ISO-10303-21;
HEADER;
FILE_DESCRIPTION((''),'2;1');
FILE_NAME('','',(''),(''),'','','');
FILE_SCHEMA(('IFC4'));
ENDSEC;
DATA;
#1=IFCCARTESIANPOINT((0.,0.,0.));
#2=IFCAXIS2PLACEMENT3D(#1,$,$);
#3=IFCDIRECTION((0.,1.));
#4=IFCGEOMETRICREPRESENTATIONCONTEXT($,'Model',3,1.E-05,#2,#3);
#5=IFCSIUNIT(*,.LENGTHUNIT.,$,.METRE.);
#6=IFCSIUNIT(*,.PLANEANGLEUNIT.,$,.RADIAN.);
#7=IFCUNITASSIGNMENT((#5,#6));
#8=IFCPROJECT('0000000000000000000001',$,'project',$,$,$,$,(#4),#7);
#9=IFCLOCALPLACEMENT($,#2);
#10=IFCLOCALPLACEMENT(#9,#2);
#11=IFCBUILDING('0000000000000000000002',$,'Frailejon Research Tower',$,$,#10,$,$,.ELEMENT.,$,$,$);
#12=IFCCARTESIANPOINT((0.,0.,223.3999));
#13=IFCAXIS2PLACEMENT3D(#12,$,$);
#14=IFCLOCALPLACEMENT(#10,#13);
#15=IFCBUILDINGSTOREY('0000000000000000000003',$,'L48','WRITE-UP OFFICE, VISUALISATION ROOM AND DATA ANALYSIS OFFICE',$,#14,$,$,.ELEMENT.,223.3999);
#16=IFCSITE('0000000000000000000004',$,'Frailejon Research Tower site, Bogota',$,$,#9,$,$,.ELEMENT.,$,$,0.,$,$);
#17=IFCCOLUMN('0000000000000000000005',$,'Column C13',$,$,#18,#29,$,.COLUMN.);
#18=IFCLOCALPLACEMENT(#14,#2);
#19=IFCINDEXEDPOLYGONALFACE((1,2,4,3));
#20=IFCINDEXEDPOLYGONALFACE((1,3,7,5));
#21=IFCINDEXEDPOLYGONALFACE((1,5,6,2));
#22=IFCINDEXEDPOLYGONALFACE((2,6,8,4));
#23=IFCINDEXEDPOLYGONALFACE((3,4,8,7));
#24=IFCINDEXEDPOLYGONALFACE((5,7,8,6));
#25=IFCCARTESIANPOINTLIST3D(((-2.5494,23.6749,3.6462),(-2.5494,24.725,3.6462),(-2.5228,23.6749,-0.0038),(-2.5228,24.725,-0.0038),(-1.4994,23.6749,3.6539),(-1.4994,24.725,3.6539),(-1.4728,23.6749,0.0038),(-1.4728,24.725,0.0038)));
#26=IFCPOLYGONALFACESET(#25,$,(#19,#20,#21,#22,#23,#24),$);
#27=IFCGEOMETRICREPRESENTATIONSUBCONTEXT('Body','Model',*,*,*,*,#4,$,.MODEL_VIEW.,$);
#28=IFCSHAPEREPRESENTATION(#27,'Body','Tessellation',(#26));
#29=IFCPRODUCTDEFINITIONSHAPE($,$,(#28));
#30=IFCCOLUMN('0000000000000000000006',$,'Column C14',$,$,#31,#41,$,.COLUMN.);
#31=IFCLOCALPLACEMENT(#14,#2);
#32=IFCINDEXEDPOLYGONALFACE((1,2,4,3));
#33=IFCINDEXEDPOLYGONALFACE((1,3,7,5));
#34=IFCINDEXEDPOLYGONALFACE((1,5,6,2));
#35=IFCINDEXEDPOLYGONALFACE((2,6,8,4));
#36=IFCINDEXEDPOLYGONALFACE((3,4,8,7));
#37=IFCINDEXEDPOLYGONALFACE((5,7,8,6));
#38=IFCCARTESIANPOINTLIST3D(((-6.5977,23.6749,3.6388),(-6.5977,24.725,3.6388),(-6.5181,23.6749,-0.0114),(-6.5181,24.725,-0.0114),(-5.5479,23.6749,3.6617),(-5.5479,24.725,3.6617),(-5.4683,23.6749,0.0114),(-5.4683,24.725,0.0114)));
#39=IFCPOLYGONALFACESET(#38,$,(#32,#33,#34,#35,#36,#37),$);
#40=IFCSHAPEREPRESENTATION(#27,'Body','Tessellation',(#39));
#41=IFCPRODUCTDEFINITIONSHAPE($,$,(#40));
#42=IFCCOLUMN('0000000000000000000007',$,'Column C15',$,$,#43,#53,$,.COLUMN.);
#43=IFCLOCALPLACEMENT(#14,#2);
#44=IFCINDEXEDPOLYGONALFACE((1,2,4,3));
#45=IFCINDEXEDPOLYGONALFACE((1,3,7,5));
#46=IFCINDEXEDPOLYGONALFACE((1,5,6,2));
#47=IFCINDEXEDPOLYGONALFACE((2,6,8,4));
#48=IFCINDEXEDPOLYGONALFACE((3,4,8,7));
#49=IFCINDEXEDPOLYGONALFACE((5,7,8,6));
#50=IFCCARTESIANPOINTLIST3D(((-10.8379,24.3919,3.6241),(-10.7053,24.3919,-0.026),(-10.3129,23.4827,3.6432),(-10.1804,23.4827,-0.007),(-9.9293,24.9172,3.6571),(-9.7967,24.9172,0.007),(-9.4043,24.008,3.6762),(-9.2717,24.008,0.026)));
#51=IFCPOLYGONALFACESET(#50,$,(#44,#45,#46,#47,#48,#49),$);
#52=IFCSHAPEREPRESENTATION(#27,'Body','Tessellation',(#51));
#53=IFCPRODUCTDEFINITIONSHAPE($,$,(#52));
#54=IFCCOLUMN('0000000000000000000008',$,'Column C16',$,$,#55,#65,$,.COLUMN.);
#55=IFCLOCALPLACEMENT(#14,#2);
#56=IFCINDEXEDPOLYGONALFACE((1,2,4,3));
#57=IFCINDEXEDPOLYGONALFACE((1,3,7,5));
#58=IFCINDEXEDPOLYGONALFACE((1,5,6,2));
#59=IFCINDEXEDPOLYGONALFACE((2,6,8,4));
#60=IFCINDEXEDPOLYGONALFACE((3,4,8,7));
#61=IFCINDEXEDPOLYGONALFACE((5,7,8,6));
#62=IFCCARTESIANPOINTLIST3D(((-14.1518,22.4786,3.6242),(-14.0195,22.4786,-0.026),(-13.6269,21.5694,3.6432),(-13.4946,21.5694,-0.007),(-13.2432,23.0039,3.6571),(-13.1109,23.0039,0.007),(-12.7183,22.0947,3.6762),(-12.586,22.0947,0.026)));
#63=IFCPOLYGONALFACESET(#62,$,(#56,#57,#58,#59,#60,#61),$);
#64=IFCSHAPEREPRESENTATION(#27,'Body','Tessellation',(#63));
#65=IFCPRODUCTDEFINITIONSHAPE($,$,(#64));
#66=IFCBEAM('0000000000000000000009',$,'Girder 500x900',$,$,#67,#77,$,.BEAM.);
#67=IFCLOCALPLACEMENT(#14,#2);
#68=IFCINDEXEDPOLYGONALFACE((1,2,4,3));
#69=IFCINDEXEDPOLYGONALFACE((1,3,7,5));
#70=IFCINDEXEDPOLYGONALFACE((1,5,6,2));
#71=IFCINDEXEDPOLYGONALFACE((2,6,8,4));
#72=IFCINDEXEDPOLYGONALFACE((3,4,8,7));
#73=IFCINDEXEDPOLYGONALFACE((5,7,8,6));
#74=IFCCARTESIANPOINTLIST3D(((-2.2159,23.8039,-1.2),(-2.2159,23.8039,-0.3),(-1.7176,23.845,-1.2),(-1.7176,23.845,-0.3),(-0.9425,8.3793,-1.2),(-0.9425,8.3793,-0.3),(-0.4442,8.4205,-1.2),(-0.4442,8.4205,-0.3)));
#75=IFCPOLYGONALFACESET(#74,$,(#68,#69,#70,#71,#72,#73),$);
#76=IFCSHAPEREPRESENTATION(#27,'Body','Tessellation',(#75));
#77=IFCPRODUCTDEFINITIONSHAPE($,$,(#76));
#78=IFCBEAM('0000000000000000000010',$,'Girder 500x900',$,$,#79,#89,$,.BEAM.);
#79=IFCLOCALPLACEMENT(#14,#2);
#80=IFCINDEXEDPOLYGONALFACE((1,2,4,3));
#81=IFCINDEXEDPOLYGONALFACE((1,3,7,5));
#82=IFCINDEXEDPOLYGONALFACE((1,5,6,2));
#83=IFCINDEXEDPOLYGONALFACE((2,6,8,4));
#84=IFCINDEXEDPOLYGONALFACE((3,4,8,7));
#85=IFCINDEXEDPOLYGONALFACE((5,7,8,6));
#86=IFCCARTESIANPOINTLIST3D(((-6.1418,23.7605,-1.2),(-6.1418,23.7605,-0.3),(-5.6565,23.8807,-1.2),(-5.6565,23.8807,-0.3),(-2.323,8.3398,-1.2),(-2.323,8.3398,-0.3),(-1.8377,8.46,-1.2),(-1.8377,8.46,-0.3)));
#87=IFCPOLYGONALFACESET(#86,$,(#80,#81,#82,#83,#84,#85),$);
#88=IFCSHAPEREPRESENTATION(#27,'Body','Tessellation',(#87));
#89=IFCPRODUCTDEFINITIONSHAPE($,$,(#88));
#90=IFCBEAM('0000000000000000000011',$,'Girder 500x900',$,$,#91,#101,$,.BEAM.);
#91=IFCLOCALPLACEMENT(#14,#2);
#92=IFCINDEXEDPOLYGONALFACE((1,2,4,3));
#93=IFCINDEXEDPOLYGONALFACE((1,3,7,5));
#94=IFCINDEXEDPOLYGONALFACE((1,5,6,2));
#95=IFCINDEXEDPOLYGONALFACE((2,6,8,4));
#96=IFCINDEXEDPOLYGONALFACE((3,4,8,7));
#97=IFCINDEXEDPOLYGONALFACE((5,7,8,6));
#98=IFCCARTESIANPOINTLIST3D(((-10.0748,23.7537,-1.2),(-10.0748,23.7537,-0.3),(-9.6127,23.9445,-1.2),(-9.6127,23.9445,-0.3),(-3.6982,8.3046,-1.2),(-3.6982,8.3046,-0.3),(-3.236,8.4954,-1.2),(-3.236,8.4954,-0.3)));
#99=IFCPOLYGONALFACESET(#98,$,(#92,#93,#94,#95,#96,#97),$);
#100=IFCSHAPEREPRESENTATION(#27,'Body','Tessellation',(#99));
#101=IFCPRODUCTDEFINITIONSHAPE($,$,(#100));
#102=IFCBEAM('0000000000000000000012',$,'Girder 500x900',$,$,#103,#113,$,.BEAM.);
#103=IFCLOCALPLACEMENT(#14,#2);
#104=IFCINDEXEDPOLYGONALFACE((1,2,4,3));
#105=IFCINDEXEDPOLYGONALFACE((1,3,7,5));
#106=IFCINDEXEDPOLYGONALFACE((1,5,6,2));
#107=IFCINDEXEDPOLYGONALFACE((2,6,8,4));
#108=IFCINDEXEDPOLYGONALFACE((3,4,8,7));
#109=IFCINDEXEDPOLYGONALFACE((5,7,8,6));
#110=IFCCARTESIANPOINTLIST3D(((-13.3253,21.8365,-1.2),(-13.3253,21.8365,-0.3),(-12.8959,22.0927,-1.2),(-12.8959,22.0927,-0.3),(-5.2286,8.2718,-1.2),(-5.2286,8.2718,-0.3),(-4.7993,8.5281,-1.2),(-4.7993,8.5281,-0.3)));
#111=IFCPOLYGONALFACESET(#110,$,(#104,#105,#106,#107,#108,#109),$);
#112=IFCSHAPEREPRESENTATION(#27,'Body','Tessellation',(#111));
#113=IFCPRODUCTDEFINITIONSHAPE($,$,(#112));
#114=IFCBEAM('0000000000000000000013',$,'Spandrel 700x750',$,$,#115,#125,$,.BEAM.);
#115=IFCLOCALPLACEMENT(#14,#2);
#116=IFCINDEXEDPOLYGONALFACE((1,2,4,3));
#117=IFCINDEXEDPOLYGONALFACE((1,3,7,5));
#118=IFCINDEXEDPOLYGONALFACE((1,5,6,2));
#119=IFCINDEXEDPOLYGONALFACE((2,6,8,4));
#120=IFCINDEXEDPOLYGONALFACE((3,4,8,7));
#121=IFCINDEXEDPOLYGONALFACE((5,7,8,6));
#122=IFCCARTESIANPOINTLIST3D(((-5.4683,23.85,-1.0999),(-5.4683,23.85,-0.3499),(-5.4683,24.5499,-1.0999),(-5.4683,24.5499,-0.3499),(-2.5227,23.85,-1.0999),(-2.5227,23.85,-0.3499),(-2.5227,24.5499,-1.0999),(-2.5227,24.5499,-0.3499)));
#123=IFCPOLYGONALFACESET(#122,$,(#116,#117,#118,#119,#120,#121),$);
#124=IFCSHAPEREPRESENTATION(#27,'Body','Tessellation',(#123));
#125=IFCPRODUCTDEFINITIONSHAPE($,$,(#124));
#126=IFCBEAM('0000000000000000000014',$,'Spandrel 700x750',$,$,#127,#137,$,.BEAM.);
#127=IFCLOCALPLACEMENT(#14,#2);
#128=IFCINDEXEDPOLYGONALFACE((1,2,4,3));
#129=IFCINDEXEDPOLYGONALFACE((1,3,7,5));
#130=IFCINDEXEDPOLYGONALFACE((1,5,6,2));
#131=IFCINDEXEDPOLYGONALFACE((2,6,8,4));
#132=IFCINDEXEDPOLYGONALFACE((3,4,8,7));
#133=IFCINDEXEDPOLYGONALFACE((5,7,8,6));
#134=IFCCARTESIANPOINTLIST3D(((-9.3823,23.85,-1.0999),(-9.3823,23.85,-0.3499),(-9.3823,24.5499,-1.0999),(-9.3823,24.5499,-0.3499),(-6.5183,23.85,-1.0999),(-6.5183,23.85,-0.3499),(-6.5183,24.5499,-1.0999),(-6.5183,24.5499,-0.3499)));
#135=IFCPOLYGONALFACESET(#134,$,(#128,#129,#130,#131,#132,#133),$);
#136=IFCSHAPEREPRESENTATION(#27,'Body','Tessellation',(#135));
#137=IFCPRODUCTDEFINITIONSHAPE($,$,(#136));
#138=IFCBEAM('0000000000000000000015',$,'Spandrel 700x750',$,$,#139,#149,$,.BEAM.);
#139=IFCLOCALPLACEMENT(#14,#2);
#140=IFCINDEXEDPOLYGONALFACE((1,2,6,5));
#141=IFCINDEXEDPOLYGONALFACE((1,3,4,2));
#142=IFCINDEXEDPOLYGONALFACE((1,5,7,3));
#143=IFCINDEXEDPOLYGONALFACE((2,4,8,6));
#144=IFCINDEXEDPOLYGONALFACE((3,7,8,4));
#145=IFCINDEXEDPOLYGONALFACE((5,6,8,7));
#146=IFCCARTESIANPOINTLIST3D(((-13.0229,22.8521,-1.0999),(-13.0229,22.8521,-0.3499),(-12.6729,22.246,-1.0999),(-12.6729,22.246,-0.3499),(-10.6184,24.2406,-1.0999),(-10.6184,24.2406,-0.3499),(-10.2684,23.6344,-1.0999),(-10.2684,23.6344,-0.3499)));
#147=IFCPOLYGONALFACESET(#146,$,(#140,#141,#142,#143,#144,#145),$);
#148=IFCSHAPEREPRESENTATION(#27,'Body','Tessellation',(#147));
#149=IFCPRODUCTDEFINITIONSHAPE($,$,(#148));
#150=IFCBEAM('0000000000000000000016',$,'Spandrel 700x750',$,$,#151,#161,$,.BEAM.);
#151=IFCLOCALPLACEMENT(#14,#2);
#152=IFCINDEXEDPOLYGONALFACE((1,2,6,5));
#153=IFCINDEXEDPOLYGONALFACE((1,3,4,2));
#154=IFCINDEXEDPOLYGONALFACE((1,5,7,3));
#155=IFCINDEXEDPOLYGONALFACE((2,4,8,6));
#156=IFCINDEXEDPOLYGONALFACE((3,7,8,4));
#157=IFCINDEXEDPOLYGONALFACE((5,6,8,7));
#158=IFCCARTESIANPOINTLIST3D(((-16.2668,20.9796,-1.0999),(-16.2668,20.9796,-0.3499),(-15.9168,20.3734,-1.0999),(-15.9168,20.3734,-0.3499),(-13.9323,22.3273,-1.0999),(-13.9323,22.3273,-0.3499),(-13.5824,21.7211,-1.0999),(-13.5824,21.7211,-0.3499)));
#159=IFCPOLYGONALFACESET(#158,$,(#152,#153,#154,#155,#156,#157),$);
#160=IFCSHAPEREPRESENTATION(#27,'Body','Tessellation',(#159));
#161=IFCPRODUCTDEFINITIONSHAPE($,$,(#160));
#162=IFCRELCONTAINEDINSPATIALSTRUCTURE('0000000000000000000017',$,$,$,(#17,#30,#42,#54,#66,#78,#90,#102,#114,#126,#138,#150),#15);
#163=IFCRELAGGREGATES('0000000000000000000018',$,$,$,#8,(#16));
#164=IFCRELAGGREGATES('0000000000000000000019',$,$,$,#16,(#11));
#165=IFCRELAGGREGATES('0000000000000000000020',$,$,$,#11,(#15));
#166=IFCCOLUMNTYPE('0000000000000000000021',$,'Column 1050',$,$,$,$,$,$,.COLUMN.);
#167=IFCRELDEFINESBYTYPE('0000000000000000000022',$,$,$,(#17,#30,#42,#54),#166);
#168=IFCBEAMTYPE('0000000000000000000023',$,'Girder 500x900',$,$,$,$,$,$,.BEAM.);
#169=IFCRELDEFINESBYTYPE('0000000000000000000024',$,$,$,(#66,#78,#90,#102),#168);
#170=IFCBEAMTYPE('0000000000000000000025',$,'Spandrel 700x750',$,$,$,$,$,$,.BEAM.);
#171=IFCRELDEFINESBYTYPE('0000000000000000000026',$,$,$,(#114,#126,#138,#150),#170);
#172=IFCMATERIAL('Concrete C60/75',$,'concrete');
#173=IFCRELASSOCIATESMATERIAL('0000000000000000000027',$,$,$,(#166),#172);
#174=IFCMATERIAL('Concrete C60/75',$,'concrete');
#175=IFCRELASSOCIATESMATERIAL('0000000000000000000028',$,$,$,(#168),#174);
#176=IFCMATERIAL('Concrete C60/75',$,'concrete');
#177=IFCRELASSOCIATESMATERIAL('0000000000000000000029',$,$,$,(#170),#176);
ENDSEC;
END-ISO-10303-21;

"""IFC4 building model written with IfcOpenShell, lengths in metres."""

from ifc_helpers import new_model, si_unit, direction, frame, origin, origin_2d, place, context, subcontext, project, spatial, rectangle, extrude, material, material_profile, profile_set, type_object, element, save


model = new_model("IFC4")

# Units and contexts
model_context = context("Model", 3, precision=1e-05, world=origin(), true_north=direction((0.0, 1.0)))
body_context = subcontext(model_context, "Body", "Model", "MODEL_VIEW")
ifc_project = project(units=[si_unit("LENGTHUNIT", "METRE"), si_unit("PLANEANGLEUNIT", "RADIAN")], contexts=[model_context])

# Site, building, storey
site_placement = place(None, origin())
site = spatial("IfcSite", under=ifc_project, at=site_placement, Name="Frailejon Research Tower site, Bogota", CompositionType="ELEMENT", RefElevation=0.0)
building_placement = place(site_placement, origin())
building = spatial("IfcBuilding", under=site, at=building_placement, Name="Frailejon Research Tower", CompositionType="ELEMENT")
storey_placement = place(building_placement, frame((0.0, 0.0, 223.3999)))
storey = spatial("IfcBuildingStorey", under=building, at=storey_placement, Name="L48", Description="WRITE-UP OFFICE, VISUALISATION ROOM AND DATA ANALYSIS OFFICE", CompositionType="ELEMENT", Elevation=223.3999)

# Columns
ifc_material_1 = material(Name="Concrete C60/75", Category="concrete")
ifc_material_profile_1 = material_profile(ifc_material_1, rectangle(XDim=1.05, YDim=1.05, at=origin_2d()), Name="Column 1050")
ifc_profile_set_1 = profile_set([ifc_material_profile_1], Name="Concrete C60/75")
column_type = type_object("IfcColumnType", Name="Column 1050", PredefinedType="COLUMN", material=ifc_profile_set_1)
column_1_placement = place(storey_placement, frame((-1.9978, 24.2, 0.0), z_axis=(-0.00729, 0.0, 0.999973), x_axis=(-0.999973, 0.0, -0.00729)))
element("IfcColumn", 1, at=column_1_placement, inside=storey, type_object=column_type, Name="Column C13", PredefinedType="COLUMN", context=body_context, shape_type="SweptSolid", body=[
    extrude(rectangle(XDim=1.05, YDim=1.05, at=origin_2d()), origin(), (0.0, 0.0, 1.0), 3.6501),
])
column_2_placement = place(storey_placement, frame((-5.9932, 24.2, 0.0), z_axis=(-0.021799, 0.0, 0.999762), x_axis=(-0.999762, 0.0, -0.021799)))
element("IfcColumn", 2, at=column_2_placement, inside=storey, type_object=column_type, Name="Column C14", PredefinedType="COLUMN", context=body_context, shape_type="SweptSolid", body=[
    extrude(rectangle(XDim=1.05, YDim=1.05, at=origin_2d()), origin(), (0.0, 0.0, 1.0), 3.6511),
])
for number, where, z_axis, x_axis, name in (
    (3, (-9.9885, 24.2, 0.0), (-0.036295, 0.0, 0.999341), (-0.865313, -0.500246, -0.031427), "Column C15"),
    (4, (-13.3027, 22.2866, 0.0), (-0.036228, 0.0, 0.999344), (-0.865315, -0.500246, -0.031369), "Column C16"),
):
    element("IfcColumn", number, at=place(storey_placement, frame(where, z_axis=z_axis, x_axis=x_axis)), inside=storey, type_object=column_type, Name=name, PredefinedType="COLUMN", context=body_context, shape_type="SweptSolid", body=[
        extrude(rectangle(XDim=1.05, YDim=1.05, at=origin_2d()), origin(), (0.0, 0.0, 1.0), 3.6526),
    ])

# Beams
ifc_material_2 = material(Name="Concrete C60/75", Category="concrete")
ifc_material_profile_2 = material_profile(ifc_material_2, rectangle(XDim=0.5, YDim=0.8999, at=origin_2d()), Name="Girder 500x900")
ifc_profile_set_2 = profile_set([ifc_material_profile_2], Name="Concrete C60/75")
beam_type_1 = type_object("IfcBeamType", Name="Girder 500x900", PredefinedType="BEAM", material=ifc_profile_set_2)
beam_1_placement = place(storey_placement, frame((-1.9668, 23.8245, -0.75), z_axis=(0.082279, -0.996609, 0.0), x_axis=(0.996609, 0.082279, 0.0)))
element("IfcBeam", 5, at=beam_1_placement, inside=storey, type_object=beam_type_1, Name="Girder 500x900", PredefinedType="BEAM", context=body_context, shape_type="SweptSolid", body=[
    extrude(rectangle(XDim=0.5, YDim=0.8999, at=origin_2d()), origin(), (0.0, 0.0, 1.0), 15.4771),
])
beam_2_placement = place(storey_placement, frame((-5.8992, 23.8206, -0.75), z_axis=(0.240384, -0.970678, 0.0), x_axis=(0.970678, 0.240384, 0.0)))
element("IfcBeam", 6, at=beam_2_placement, inside=storey, type_object=beam_type_1, Name="Girder 500x900", PredefinedType="BEAM", context=body_context, shape_type="SweptSolid", body=[
    extrude(rectangle(XDim=0.5, YDim=0.8999, at=origin_2d()), origin(), (0.0, 0.0, 1.0), 15.8865),
])
beam_3_placement = place(storey_placement, frame((-9.8438, 23.8491, -0.75), z_axis=(0.381531, -0.924356, 0.0), x_axis=(0.924356, 0.381531, 0.0)))
element("IfcBeam", 7, at=beam_3_placement, inside=storey, type_object=beam_type_1, Name="Girder 500x900", PredefinedType="BEAM", context=body_context, shape_type="SweptSolid", body=[
    extrude(rectangle(XDim=0.5, YDim=0.8999, at=origin_2d()), origin(), (0.0, 0.0, 1.0), 16.7134),
])
beam_4_placement = place(storey_placement, frame((-13.1106, 21.9646, -0.75), z_axis=(0.512533, -0.858667, 0.0), x_axis=(0.858667, 0.512533, 0.0)))
element("IfcBeam", 8, at=beam_4_placement, inside=storey, type_object=beam_type_1, Name="Girder 500x900", PredefinedType="BEAM", context=body_context, shape_type="SweptSolid", body=[
    extrude(rectangle(XDim=0.5, YDim=0.8999, at=origin_2d()), origin(), (0.0, 0.0, 1.0), 15.7974),
])
ifc_material_3 = material(Name="Concrete C60/75", Category="concrete")
ifc_material_profile_3 = material_profile(ifc_material_3, rectangle(XDim=0.7, YDim=0.75, at=origin_2d()), Name="Spandrel 700x750")
ifc_profile_set_3 = profile_set([ifc_material_profile_3], Name="Concrete C60/75")
beam_type_2 = type_object("IfcBeamType", Name="Spandrel 700x750", PredefinedType="BEAM", material=ifc_profile_set_3)
beam_5_placement = place(storey_placement, frame((-2.5227, 24.2, -0.7249), z_axis=(-1.0, 0.0, 0.0), x_axis=(0.0, -1.0, 0.0)))
element("IfcBeam", 9, at=beam_5_placement, inside=storey, type_object=beam_type_2, Name="Spandrel 700x750", PredefinedType="BEAM", context=body_context, shape_type="SweptSolid", body=[
    extrude(rectangle(XDim=0.7, YDim=0.75, at=origin_2d()), origin(), (0.0, 0.0, 1.0), 2.9456),
])
beam_6_placement = place(storey_placement, frame((-6.5183, 24.2, -0.7249), z_axis=(-1.0, 0.0, 0.0), x_axis=(0.0, -1.0, 0.0)))
element("IfcBeam", 10, at=beam_6_placement, inside=storey, type_object=beam_type_2, Name="Spandrel 700x750", PredefinedType="BEAM", context=body_context, shape_type="SweptSolid", body=[
    extrude(rectangle(XDim=0.7, YDim=0.75, at=origin_2d()), origin(), (0.0, 0.0, 1.0), 2.864),
])
beam_7_placement = place(storey_placement, frame((-10.4434, 23.9375, -0.7249), z_axis=(-0.866, -0.500045, 0.0), x_axis=(0.500045, -0.866, 0.0)))
element("IfcBeam", 11, at=beam_7_placement, inside=storey, type_object=beam_type_2, Name="Spandrel 700x750", PredefinedType="BEAM", context=body_context, shape_type="SweptSolid", body=[
    extrude(rectangle(XDim=0.7, YDim=0.75, at=origin_2d()), origin(), (0.0, 0.0, 1.0), 2.7766),
])
beam_8_placement = place(storey_placement, frame((-13.7573, 22.0242, -0.7249), z_axis=(-0.86605, -0.499958, 0.0), x_axis=(0.499958, -0.86605, 0.0)))
element("IfcBeam", 12, at=beam_8_placement, inside=storey, type_object=beam_type_2, Name="Spandrel 700x750", PredefinedType="BEAM", context=body_context, shape_type="SweptSolid", body=[
    extrude(rectangle(XDim=0.7, YDim=0.75, at=origin_2d()), origin(), (0.0, 0.0, 1.0), 2.6956),
])

save(model, "model.ifc")
